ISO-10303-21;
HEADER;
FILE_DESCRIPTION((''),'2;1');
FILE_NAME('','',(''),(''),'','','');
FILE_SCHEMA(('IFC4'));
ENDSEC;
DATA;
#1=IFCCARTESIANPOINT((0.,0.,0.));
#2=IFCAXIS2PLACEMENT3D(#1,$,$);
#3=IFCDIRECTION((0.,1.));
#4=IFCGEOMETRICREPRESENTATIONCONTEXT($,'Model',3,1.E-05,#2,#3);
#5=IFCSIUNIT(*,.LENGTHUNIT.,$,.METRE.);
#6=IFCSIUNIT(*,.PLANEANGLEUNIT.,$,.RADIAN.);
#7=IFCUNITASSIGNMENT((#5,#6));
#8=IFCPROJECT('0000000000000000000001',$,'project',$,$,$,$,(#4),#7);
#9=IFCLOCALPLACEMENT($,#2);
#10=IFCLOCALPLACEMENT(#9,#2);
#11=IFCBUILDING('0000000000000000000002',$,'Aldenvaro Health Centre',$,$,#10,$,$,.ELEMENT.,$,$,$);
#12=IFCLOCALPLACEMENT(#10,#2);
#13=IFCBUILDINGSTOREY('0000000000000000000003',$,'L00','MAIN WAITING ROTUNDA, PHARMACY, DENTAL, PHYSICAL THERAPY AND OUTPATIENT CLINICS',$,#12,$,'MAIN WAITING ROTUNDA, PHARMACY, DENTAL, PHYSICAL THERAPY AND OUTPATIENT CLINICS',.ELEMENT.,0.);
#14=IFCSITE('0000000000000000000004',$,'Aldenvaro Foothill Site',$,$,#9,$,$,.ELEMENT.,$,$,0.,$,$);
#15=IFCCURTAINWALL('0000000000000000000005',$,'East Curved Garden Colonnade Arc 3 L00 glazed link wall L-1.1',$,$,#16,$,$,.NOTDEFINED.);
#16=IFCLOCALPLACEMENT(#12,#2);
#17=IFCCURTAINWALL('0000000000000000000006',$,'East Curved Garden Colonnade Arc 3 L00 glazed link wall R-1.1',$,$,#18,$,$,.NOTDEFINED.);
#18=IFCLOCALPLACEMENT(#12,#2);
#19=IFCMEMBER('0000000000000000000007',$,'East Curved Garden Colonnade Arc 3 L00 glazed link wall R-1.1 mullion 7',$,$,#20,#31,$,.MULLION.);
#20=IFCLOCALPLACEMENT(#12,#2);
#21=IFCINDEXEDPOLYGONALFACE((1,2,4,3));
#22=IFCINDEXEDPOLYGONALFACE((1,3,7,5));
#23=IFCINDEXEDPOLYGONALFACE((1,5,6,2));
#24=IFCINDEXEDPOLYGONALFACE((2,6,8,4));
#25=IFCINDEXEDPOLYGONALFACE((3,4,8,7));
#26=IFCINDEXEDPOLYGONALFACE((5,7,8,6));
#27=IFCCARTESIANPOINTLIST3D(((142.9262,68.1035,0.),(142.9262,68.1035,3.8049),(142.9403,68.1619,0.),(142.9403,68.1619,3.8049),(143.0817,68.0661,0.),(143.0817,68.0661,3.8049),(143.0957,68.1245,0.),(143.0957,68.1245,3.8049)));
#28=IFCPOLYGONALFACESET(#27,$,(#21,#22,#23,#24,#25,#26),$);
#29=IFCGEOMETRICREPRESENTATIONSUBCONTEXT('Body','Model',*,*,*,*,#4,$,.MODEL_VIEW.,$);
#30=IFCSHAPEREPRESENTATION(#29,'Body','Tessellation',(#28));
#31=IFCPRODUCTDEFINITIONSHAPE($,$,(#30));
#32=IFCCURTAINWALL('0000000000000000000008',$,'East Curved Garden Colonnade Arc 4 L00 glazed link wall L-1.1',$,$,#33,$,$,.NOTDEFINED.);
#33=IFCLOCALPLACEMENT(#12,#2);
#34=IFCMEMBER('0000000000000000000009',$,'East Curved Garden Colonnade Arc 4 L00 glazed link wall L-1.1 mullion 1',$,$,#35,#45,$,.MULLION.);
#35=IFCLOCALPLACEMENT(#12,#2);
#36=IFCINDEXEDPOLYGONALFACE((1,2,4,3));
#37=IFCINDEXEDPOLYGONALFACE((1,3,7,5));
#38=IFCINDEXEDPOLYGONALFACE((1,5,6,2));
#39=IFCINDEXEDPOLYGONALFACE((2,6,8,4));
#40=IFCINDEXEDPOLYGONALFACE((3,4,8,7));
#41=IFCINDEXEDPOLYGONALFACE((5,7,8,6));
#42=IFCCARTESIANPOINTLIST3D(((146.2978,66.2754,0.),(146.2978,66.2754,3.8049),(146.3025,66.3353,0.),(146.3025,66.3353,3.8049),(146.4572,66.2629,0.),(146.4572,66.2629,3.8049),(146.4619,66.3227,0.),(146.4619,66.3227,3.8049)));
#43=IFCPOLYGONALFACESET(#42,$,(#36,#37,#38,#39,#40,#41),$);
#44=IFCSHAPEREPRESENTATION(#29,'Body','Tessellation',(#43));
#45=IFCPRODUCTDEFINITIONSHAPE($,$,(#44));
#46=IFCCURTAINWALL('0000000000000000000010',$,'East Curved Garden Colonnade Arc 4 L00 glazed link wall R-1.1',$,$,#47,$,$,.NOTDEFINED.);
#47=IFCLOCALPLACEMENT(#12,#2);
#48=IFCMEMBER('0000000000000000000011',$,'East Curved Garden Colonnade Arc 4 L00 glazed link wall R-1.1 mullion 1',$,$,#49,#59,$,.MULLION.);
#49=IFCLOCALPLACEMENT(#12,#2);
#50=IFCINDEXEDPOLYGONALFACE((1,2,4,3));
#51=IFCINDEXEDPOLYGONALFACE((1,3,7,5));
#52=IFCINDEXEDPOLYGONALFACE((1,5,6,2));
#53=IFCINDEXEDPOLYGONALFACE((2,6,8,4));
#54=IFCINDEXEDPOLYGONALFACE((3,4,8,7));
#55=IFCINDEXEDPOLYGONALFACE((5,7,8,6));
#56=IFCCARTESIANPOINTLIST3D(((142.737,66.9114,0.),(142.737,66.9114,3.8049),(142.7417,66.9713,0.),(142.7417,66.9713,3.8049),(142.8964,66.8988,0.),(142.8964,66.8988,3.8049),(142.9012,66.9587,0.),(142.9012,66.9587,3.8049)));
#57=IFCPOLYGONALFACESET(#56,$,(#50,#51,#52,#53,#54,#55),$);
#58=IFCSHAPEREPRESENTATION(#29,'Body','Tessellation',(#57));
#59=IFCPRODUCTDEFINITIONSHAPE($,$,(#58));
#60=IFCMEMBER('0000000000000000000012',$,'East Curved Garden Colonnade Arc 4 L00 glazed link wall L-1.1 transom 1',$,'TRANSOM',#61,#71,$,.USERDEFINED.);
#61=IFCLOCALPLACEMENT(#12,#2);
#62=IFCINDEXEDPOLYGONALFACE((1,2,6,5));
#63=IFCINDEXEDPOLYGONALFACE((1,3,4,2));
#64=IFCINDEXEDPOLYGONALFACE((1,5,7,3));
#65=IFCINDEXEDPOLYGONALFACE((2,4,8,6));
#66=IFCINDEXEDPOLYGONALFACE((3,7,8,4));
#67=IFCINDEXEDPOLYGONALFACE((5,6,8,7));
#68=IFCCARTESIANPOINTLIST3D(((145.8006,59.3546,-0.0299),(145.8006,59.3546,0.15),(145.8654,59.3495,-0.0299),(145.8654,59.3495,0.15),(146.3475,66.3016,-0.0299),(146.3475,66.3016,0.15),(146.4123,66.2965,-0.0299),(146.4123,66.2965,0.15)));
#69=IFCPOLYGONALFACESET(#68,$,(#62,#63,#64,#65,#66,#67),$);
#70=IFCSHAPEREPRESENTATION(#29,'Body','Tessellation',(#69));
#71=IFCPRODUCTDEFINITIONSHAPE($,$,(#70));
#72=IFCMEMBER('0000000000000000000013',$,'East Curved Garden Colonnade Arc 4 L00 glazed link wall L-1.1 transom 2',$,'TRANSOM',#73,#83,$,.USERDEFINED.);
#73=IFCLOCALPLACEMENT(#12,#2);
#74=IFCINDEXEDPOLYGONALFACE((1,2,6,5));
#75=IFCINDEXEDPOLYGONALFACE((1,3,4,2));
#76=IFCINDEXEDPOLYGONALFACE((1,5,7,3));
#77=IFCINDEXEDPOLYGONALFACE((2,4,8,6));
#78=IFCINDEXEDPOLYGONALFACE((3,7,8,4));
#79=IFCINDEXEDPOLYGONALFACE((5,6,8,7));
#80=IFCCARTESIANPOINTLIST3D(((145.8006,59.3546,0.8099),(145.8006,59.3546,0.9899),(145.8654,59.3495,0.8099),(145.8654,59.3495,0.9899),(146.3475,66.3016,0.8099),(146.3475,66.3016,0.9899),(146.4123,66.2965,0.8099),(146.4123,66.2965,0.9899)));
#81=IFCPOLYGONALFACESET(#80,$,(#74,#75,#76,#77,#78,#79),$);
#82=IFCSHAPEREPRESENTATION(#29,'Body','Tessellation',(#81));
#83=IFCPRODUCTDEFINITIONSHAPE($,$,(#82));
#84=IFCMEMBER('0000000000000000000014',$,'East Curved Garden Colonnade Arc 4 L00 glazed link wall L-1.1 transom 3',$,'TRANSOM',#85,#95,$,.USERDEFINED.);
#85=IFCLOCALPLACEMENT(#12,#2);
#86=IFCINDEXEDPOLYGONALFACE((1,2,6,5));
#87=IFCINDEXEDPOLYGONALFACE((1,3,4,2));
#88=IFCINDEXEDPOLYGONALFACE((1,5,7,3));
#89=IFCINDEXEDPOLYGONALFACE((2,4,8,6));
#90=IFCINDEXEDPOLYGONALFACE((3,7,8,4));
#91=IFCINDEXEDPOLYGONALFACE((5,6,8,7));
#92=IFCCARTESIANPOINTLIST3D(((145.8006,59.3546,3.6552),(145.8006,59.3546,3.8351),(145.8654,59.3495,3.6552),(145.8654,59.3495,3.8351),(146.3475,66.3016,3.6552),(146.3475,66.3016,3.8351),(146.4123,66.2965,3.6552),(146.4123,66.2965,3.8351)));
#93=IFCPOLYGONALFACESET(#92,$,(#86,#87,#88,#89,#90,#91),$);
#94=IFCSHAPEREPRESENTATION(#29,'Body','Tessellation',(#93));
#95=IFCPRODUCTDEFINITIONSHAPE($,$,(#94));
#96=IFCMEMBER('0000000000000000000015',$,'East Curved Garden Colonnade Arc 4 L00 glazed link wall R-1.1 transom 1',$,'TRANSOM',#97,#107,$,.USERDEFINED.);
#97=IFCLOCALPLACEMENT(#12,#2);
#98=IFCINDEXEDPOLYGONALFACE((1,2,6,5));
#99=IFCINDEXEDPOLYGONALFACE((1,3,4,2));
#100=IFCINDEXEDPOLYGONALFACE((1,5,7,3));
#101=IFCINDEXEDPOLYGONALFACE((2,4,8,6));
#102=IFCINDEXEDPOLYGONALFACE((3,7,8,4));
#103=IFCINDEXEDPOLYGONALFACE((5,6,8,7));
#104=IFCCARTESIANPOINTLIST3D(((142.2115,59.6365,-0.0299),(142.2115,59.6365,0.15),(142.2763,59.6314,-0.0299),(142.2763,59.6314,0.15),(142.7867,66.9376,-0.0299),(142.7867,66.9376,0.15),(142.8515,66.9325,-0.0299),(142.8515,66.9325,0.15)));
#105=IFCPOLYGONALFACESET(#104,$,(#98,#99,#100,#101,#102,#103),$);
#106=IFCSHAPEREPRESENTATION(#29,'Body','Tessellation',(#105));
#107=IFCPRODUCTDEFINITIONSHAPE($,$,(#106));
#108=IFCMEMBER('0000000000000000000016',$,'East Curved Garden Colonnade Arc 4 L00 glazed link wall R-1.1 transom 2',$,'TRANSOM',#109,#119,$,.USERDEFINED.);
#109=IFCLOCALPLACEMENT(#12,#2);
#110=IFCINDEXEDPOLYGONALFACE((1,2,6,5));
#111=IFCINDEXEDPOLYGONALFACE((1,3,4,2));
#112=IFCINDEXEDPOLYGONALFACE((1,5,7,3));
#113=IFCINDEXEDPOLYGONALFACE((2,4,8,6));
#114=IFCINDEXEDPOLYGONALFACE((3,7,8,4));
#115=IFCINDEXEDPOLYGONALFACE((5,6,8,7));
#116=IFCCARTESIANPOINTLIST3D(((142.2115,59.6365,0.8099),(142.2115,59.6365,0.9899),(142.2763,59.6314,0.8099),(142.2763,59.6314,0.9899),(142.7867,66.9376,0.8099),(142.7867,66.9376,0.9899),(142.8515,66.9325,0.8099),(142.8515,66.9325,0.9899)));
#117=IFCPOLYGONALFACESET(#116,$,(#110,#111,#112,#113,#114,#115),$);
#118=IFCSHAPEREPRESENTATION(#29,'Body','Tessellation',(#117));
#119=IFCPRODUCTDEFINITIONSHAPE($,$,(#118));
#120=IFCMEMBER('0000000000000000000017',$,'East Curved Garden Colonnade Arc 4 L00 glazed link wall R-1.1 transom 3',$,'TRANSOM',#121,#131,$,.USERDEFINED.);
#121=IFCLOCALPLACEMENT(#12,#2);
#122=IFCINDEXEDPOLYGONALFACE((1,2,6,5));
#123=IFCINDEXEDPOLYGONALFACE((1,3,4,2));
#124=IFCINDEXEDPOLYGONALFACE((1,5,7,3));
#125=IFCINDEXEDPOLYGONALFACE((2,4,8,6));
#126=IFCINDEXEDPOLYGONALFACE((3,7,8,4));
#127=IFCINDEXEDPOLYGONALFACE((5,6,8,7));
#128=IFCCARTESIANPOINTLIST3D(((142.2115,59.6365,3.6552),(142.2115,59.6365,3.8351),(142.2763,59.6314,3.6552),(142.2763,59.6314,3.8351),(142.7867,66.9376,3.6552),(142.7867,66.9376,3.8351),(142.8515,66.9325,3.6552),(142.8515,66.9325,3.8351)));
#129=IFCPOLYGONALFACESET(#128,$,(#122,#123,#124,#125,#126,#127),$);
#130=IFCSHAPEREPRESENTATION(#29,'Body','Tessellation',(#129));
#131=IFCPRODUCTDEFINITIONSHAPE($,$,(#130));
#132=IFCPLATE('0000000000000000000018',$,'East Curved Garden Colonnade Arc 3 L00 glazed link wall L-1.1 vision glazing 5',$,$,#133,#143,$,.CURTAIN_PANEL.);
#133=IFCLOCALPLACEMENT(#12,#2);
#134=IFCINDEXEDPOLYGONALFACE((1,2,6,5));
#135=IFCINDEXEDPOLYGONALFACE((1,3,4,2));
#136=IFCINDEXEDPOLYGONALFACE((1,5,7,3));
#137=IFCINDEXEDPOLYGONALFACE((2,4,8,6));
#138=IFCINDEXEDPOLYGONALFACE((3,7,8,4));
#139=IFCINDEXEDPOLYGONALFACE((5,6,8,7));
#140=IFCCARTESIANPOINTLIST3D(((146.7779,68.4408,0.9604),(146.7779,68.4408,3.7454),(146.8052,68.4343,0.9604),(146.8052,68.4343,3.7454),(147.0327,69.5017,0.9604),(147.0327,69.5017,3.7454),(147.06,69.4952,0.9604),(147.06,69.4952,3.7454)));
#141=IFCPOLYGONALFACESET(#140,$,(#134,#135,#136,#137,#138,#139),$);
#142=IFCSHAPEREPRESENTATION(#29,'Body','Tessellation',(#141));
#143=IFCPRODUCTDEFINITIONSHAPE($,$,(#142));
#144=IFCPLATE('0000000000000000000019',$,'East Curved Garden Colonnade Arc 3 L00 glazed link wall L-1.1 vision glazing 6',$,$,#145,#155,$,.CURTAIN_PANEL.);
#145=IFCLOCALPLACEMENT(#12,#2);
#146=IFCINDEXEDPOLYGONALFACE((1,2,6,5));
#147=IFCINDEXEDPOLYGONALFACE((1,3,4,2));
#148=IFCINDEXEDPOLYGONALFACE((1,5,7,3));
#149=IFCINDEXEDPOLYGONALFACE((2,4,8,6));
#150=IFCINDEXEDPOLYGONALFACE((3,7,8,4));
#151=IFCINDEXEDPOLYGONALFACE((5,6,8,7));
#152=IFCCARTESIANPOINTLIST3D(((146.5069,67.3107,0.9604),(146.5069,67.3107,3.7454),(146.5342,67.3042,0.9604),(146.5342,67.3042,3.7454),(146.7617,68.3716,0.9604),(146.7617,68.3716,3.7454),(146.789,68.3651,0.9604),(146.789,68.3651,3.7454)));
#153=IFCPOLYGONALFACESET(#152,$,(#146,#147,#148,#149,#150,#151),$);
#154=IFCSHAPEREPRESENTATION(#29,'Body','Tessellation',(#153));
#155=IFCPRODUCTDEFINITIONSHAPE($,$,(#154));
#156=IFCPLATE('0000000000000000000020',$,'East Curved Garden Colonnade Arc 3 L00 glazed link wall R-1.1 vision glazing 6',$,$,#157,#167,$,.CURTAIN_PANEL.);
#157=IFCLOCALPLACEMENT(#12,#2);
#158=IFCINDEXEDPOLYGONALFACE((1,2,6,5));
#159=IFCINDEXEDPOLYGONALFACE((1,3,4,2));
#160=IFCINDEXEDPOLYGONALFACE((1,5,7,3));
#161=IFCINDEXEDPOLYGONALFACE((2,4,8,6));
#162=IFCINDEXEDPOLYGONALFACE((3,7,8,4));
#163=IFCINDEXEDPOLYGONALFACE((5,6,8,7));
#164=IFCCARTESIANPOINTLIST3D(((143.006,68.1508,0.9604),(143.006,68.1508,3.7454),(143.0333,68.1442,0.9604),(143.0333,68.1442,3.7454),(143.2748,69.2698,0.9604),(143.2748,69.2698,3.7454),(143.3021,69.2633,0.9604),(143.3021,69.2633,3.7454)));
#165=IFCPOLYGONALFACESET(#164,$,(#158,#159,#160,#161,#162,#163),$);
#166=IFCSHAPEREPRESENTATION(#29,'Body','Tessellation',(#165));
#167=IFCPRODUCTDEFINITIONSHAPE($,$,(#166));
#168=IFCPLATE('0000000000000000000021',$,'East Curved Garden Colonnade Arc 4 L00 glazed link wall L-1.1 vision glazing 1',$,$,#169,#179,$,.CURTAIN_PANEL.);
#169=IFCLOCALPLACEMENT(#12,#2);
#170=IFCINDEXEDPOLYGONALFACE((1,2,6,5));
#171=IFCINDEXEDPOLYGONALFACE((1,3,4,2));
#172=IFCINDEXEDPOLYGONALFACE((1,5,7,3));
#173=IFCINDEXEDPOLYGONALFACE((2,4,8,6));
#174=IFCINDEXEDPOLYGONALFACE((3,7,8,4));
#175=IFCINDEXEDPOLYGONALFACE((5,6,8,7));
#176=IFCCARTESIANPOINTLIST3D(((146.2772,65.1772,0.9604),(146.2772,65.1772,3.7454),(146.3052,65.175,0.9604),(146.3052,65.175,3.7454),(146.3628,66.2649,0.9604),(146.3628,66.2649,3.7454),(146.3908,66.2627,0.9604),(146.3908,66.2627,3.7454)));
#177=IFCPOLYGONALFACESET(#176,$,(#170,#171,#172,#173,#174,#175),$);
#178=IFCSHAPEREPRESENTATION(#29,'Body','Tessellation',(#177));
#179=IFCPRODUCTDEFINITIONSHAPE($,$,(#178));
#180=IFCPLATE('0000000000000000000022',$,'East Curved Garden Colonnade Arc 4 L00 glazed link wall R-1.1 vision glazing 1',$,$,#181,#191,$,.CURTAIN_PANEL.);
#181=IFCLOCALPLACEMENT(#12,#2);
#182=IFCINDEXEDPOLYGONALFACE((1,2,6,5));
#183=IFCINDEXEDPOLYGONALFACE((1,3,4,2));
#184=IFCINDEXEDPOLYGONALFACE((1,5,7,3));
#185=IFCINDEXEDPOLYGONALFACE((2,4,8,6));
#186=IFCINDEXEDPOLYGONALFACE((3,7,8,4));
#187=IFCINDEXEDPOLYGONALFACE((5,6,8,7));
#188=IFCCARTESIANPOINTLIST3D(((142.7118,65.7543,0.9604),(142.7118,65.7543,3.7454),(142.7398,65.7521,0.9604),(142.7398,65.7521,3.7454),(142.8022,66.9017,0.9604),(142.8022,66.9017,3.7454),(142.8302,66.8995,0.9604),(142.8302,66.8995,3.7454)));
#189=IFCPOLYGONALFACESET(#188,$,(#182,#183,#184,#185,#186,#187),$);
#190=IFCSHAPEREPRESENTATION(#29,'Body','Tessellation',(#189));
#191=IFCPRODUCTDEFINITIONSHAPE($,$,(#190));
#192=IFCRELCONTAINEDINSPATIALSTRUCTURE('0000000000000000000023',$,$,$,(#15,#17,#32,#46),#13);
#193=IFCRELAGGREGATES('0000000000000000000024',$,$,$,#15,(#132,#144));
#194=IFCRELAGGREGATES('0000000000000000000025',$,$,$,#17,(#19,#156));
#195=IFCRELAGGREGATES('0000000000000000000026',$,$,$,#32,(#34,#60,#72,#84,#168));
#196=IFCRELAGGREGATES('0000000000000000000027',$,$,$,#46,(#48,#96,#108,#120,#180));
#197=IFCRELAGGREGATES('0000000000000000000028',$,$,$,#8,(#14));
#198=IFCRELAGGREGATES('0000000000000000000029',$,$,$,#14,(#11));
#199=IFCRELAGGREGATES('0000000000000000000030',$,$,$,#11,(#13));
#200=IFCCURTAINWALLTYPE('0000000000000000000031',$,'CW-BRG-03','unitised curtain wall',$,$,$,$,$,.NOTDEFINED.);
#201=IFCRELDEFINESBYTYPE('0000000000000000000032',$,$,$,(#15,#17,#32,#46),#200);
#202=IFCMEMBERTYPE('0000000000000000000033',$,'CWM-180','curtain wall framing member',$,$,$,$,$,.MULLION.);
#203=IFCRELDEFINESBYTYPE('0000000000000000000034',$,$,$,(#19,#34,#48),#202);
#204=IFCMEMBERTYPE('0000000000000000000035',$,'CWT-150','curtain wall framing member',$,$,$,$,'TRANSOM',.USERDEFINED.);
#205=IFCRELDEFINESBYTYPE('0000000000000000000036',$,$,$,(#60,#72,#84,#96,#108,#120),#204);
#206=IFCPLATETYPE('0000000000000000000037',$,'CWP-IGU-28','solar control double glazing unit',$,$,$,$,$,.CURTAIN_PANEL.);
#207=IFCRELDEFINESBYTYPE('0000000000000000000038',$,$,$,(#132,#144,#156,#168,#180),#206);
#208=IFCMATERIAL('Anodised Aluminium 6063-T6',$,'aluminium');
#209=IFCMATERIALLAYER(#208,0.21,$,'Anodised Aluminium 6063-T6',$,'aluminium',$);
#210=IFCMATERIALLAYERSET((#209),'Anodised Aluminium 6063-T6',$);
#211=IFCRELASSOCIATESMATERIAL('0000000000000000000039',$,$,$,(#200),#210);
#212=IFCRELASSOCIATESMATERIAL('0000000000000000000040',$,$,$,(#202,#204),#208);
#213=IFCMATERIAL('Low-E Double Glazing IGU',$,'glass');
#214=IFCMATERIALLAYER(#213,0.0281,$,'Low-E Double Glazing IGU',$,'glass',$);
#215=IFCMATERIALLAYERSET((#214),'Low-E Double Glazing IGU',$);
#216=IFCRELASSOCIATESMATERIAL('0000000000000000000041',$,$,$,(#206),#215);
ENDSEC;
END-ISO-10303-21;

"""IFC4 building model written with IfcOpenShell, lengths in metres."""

from ifc_helpers import new_model, si_unit, direction, frame, origin, origin_2d, place, context, subcontext, project, spatial, rectangle, extrude, material, layer, layer_set, material_profile, profile_set, type_object, element, aggregate, save


model = new_model("IFC4")

# Units and contexts
model_context = context("Model", 3, precision=1e-05, world=origin(), true_north=direction((0.0, 1.0)))
body_context = subcontext(model_context, "Body", "Model", "MODEL_VIEW")
ifc_project = project(units=[si_unit("LENGTHUNIT", "METRE"), si_unit("PLANEANGLEUNIT", "RADIAN")], contexts=[model_context])

# Site, building, storey
site_placement = place(None, origin())
site = spatial("IfcSite", under=ifc_project, at=site_placement, Name="Aldenvaro Foothill Site", CompositionType="ELEMENT", RefElevation=0.0)
building_placement = place(site_placement, origin())
building = spatial("IfcBuilding", under=site, at=building_placement, Name="Aldenvaro Health Centre", CompositionType="ELEMENT")
storey_placement = place(building_placement, origin())
storey = spatial("IfcBuildingStorey", under=building, at=storey_placement, Name="L00", Description="MAIN WAITING ROTUNDA, PHARMACY, DENTAL, PHYSICAL THERAPY AND OUTPATIENT CLINICS", LongName="MAIN WAITING ROTUNDA, PHARMACY, DENTAL, PHYSICAL THERAPY AND OUTPATIENT CLINICS", CompositionType="ELEMENT", Elevation=0.0)

# Curtain walls, member
ifc_material_1 = material(Name="Anodised Aluminium 6063-T6", Category="aluminium")
ifc_layer_1 = layer(ifc_material_1, 0.21, Name="Anodised Aluminium 6063-T6", Category="aluminium")
ifc_layer_set_1 = layer_set([ifc_layer_1], Name="Anodised Aluminium 6063-T6")
curtain_wall_type = type_object("IfcCurtainWallType", Name="CW-BRG-03", Description="unitised curtain wall", PredefinedType="NOTDEFINED", material=ifc_layer_set_1)
curtain_wall_1_placement = place(storey_placement, origin())
curtain_wall_1 = element("IfcCurtainWall", 1, at=curtain_wall_1_placement, inside=storey, type_object=curtain_wall_type, Name="East Curved Garden Colonnade Arc 3 L00 glazed link wall L-1.1", PredefinedType="NOTDEFINED")
ifc_material_profile_1 = material_profile(ifc_material_1, rectangle(XDim=0.0601, YDim=0.1599, at=origin_2d()), Name="ALU 60x160", Category="aluminium")
ifc_profile_set_1 = profile_set([ifc_material_profile_1], Name="Anodised Aluminium 6063-T6")
member_type_1 = type_object("IfcMemberType", Name="CWM-180", Description="curtain wall framing member", PredefinedType="MULLION", material=ifc_profile_set_1)
curtain_wall_2_placement = place(storey_placement, origin())
curtain_wall_2 = element("IfcCurtainWall", 2, at=curtain_wall_2_placement, inside=storey, type_object=curtain_wall_type, Name="East Curved Garden Colonnade Arc 3 L00 glazed link wall R-1.1", PredefinedType="NOTDEFINED")
member_1_placement = place(storey_placement, frame((143.011, 68.114, 0.0), z_axis=(0.0, 0.0, 1.0), x_axis=(-0.233626, -0.972327, 0.0)))
member_1 = element("IfcMember", 3, at=member_1_placement, type_object=member_type_1, Name="East Curved Garden Colonnade Arc 3 L00 glazed link wall R-1.1 mullion 7", PredefinedType="MULLION", context=body_context, shape_type="SweptSolid", body=[
    extrude(rectangle(XDim=0.0601, YDim=0.1599, at=origin_2d()), origin(), (0.0, 0.0, 1.0), 3.8049),
])

# Curtain walls, members
curtain_wall_3_placement = place(storey_placement, origin())
curtain_wall_3 = element("IfcCurtainWall", 4, at=curtain_wall_3_placement, inside=storey, type_object=curtain_wall_type, Name="East Curved Garden Colonnade Arc 4 L00 glazed link wall L-1.1", PredefinedType="NOTDEFINED")
member_2_placement = place(storey_placement, frame((146.3799, 66.2991, 0.0), z_axis=(0.0, 0.0, 1.0), x_axis=(-0.078496, -0.996914, 0.0)))
member_2 = element("IfcMember", 5, at=member_2_placement, type_object=member_type_1, Name="East Curved Garden Colonnade Arc 4 L00 glazed link wall L-1.1 mullion 1", PredefinedType="MULLION", context=body_context, shape_type="SweptSolid", body=[
    extrude(rectangle(XDim=0.0601, YDim=0.1599, at=origin_2d()), origin(), (0.0, 0.0, 1.0), 3.8049),
])
curtain_wall_4_placement = place(storey_placement, origin())
curtain_wall_4 = element("IfcCurtainWall", 6, at=curtain_wall_4_placement, inside=storey, type_object=curtain_wall_type, Name="East Curved Garden Colonnade Arc 4 L00 glazed link wall R-1.1", PredefinedType="NOTDEFINED")
member_3_placement = place(storey_placement, frame((142.8191, 66.9351, 0.0), z_axis=(0.0, 0.0, 1.0), x_axis=(-0.078513, -0.996913, 0.0)))
member_3 = element("IfcMember", 7, at=member_3_placement, type_object=member_type_1, Name="East Curved Garden Colonnade Arc 4 L00 glazed link wall R-1.1 mullion 1", PredefinedType="MULLION", context=body_context, shape_type="SweptSolid", body=[
    extrude(rectangle(XDim=0.0601, YDim=0.1599, at=origin_2d()), origin(), (0.0, 0.0, 1.0), 3.8049),
])

# Members
ifc_material_profile_2 = material_profile(ifc_material_1, rectangle(XDim=0.0649, YDim=0.1799, at=origin_2d()), Name="ALU 65x180", Category="aluminium")
ifc_profile_set_2 = profile_set([ifc_material_profile_2], Name="Anodised Aluminium 6063-T6")
member_type_2 = type_object("IfcMemberType", Name="CWT-150", Description="curtain wall framing member", ElementType="TRANSOM", PredefinedType="USERDEFINED", material=ifc_profile_set_2)
member_4_placement = place(storey_placement, frame((146.3799, 66.2991, 0.0601), z_axis=(-0.078478, -0.996916, 0.0), x_axis=(0.996916, -0.078478, 0.0)))
member_4 = element("IfcMember", 8, at=member_4_placement, type_object=member_type_2, Name="East Curved Garden Colonnade Arc 4 L00 glazed link wall L-1.1 transom 1", ObjectType="TRANSOM", PredefinedType="USERDEFINED", context=body_context, shape_type="SweptSolid", body=[
    extrude(rectangle(XDim=0.0649, YDim=0.1799, at=origin_2d()), origin(), (0.0, 0.0, 1.0), 6.9685),
])
member_5_placement = place(storey_placement, frame((146.3799, 66.2991, 0.8999), z_axis=(-0.078478, -0.996916, 0.0), x_axis=(0.996916, -0.078478, 0.0)))
member_5 = element("IfcMember", 9, at=member_5_placement, type_object=member_type_2, Name="East Curved Garden Colonnade Arc 4 L00 glazed link wall L-1.1 transom 2", ObjectType="TRANSOM", PredefinedType="USERDEFINED", context=body_context, shape_type="SweptSolid", body=[
    extrude(rectangle(XDim=0.0649, YDim=0.1799, at=origin_2d()), origin(), (0.0, 0.0, 1.0), 6.9685),
])
member_6_placement = place(storey_placement, frame((146.3799, 66.2991, 3.7451), z_axis=(-0.078478, -0.996916, 0.0), x_axis=(0.996916, -0.078478, 0.0)))
member_6 = element("IfcMember", 10, at=member_6_placement, type_object=member_type_2, Name="East Curved Garden Colonnade Arc 4 L00 glazed link wall L-1.1 transom 3", ObjectType="TRANSOM", PredefinedType="USERDEFINED", context=body_context, shape_type="SweptSolid", body=[
    extrude(rectangle(XDim=0.0649, YDim=0.1799, at=origin_2d()), origin(), (0.0, 0.0, 1.0), 6.9685),
])
member_7_placement = place(storey_placement, frame((142.8191, 66.9351, 0.0601), z_axis=(-0.078539, -0.996911, 0.0), x_axis=(0.996911, -0.078539, 0.0)))
member_7 = element("IfcMember", 11, at=member_7_placement, type_object=member_type_2, Name="East Curved Garden Colonnade Arc 4 L00 glazed link wall R-1.1 transom 1", ObjectType="TRANSOM", PredefinedType="USERDEFINED", context=body_context, shape_type="SweptSolid", body=[
    extrude(rectangle(XDim=0.0649, YDim=0.1799, at=origin_2d()), origin(), (0.0, 0.0, 1.0), 7.3237),
])
member_8_placement = place(storey_placement, frame((142.8191, 66.9351, 0.8999), z_axis=(-0.078539, -0.996911, 0.0), x_axis=(0.996911, -0.078539, 0.0)))
member_8 = element("IfcMember", 12, at=member_8_placement, type_object=member_type_2, Name="East Curved Garden Colonnade Arc 4 L00 glazed link wall R-1.1 transom 2", ObjectType="TRANSOM", PredefinedType="USERDEFINED", context=body_context, shape_type="SweptSolid", body=[
    extrude(rectangle(XDim=0.0649, YDim=0.1799, at=origin_2d()), origin(), (0.0, 0.0, 1.0), 7.3237),
])
member_9_placement = place(storey_placement, frame((142.8191, 66.9351, 3.7451), z_axis=(-0.078539, -0.996911, 0.0), x_axis=(0.996911, -0.078539, 0.0)))
member_9 = element("IfcMember", 13, at=member_9_placement, type_object=member_type_2, Name="East Curved Garden Colonnade Arc 4 L00 glazed link wall R-1.1 transom 3", ObjectType="TRANSOM", PredefinedType="USERDEFINED", context=body_context, shape_type="SweptSolid", body=[
    extrude(rectangle(XDim=0.0649, YDim=0.1799, at=origin_2d()), origin(), (0.0, 0.0, 1.0), 7.3237),
])

# Plates
ifc_material_2 = material(Name="Low-E Double Glazing IGU", Category="glass")
ifc_layer_2 = layer(ifc_material_2, 0.0281, Name="Low-E Double Glazing IGU", Category="glass")
ifc_layer_set_2 = layer_set([ifc_layer_2], Name="Low-E Double Glazing IGU")
plate_type_1 = type_object("IfcPlateType", Name="CWP-IGU-28", Description="solar control double glazing unit", PredefinedType="CURTAIN_PANEL", material=ifc_layer_set_2)
plate_1_placement = place(storey_placement, frame((146.9189, 68.968, 0.9604), z_axis=(0.0, 0.0, 1.0), x_axis=(-0.233541, -0.972347, 0.0)))
plate_1 = element("IfcPlate", 14, at=plate_1_placement, type_object=plate_type_1, Name="East Curved Garden Colonnade Arc 3 L00 glazed link wall L-1.1 vision glazing 5", PredefinedType="CURTAIN_PANEL", context=body_context, shape_type="SweptSolid", body=[
    extrude(rectangle(XDim=1.0911, YDim=0.0281, at=origin_2d()), origin(), (0.0, 0.0, 1.0), 2.7849),
])
plate_2_placement = place(storey_placement, frame((146.6479, 67.8379, 0.9604), z_axis=(0.0, 0.0, 1.0), x_axis=(-0.233541, -0.972347, 0.0)))
plate_2 = element("IfcPlate", 15, at=plate_2_placement, type_object=plate_type_1, Name="East Curved Garden Colonnade Arc 3 L00 glazed link wall L-1.1 vision glazing 6", PredefinedType="CURTAIN_PANEL", context=body_context, shape_type="SweptSolid", body=[
    extrude(rectangle(XDim=1.0911, YDim=0.0281, at=origin_2d()), origin(), (0.0, 0.0, 1.0), 2.7849),
])
plate_3_placement = place(storey_placement, frame((143.1541, 68.707, 0.9604), z_axis=(0.0, 0.0, 1.0), x_axis=(-0.233626, -0.972327, 0.0)))
plate_3 = element("IfcPlate", 16, at=plate_3_placement, type_object=plate_type_1, Name="East Curved Garden Colonnade Arc 3 L00 glazed link wall R-1.1 vision glazing 6", PredefinedType="CURTAIN_PANEL", context=body_context, shape_type="SweptSolid", body=[
    extrude(rectangle(XDim=1.1509, YDim=0.0281, at=origin_2d()), origin(), (0.0, 0.0, 1.0), 2.7849),
])
plate_4_placement = place(storey_placement, frame((146.334, 65.72, 0.9604), z_axis=(0.0, 0.0, 1.0), x_axis=(-0.078496, -0.996914, 0.0)))
plate_4 = element("IfcPlate", 17, at=plate_4_placement, type_object=plate_type_1, Name="East Curved Garden Colonnade Arc 4 L00 glazed link wall L-1.1 vision glazing 1", PredefinedType="CURTAIN_PANEL", context=body_context, shape_type="SweptSolid", body=[
    extrude(rectangle(XDim=1.0911, YDim=0.0281, at=origin_2d()), origin(), (0.0, 0.0, 1.0), 2.7849),
])
plate_5_placement = place(storey_placement, frame((142.771, 66.3269, 0.9604), z_axis=(0.0, 0.0, 1.0), x_axis=(-0.078513, -0.996913, 0.0)))
plate_5 = element("IfcPlate", 18, at=plate_5_placement, type_object=plate_type_1, Name="East Curved Garden Colonnade Arc 4 L00 glazed link wall R-1.1 vision glazing 1", PredefinedType="CURTAIN_PANEL", context=body_context, shape_type="SweptSolid", body=[
    extrude(rectangle(XDim=1.1509, YDim=0.0281, at=origin_2d()), origin(), (0.0, 0.0, 1.0), 2.7849),
])
aggregate(curtain_wall_1, [plate_1, plate_2])
aggregate(curtain_wall_2, [member_1, plate_3])
aggregate(curtain_wall_3, [member_2, member_4, member_5, member_6, plate_4])
aggregate(curtain_wall_4, [member_3, member_7, member_8, member_9, plate_5])

save(model, "model.ifc")
